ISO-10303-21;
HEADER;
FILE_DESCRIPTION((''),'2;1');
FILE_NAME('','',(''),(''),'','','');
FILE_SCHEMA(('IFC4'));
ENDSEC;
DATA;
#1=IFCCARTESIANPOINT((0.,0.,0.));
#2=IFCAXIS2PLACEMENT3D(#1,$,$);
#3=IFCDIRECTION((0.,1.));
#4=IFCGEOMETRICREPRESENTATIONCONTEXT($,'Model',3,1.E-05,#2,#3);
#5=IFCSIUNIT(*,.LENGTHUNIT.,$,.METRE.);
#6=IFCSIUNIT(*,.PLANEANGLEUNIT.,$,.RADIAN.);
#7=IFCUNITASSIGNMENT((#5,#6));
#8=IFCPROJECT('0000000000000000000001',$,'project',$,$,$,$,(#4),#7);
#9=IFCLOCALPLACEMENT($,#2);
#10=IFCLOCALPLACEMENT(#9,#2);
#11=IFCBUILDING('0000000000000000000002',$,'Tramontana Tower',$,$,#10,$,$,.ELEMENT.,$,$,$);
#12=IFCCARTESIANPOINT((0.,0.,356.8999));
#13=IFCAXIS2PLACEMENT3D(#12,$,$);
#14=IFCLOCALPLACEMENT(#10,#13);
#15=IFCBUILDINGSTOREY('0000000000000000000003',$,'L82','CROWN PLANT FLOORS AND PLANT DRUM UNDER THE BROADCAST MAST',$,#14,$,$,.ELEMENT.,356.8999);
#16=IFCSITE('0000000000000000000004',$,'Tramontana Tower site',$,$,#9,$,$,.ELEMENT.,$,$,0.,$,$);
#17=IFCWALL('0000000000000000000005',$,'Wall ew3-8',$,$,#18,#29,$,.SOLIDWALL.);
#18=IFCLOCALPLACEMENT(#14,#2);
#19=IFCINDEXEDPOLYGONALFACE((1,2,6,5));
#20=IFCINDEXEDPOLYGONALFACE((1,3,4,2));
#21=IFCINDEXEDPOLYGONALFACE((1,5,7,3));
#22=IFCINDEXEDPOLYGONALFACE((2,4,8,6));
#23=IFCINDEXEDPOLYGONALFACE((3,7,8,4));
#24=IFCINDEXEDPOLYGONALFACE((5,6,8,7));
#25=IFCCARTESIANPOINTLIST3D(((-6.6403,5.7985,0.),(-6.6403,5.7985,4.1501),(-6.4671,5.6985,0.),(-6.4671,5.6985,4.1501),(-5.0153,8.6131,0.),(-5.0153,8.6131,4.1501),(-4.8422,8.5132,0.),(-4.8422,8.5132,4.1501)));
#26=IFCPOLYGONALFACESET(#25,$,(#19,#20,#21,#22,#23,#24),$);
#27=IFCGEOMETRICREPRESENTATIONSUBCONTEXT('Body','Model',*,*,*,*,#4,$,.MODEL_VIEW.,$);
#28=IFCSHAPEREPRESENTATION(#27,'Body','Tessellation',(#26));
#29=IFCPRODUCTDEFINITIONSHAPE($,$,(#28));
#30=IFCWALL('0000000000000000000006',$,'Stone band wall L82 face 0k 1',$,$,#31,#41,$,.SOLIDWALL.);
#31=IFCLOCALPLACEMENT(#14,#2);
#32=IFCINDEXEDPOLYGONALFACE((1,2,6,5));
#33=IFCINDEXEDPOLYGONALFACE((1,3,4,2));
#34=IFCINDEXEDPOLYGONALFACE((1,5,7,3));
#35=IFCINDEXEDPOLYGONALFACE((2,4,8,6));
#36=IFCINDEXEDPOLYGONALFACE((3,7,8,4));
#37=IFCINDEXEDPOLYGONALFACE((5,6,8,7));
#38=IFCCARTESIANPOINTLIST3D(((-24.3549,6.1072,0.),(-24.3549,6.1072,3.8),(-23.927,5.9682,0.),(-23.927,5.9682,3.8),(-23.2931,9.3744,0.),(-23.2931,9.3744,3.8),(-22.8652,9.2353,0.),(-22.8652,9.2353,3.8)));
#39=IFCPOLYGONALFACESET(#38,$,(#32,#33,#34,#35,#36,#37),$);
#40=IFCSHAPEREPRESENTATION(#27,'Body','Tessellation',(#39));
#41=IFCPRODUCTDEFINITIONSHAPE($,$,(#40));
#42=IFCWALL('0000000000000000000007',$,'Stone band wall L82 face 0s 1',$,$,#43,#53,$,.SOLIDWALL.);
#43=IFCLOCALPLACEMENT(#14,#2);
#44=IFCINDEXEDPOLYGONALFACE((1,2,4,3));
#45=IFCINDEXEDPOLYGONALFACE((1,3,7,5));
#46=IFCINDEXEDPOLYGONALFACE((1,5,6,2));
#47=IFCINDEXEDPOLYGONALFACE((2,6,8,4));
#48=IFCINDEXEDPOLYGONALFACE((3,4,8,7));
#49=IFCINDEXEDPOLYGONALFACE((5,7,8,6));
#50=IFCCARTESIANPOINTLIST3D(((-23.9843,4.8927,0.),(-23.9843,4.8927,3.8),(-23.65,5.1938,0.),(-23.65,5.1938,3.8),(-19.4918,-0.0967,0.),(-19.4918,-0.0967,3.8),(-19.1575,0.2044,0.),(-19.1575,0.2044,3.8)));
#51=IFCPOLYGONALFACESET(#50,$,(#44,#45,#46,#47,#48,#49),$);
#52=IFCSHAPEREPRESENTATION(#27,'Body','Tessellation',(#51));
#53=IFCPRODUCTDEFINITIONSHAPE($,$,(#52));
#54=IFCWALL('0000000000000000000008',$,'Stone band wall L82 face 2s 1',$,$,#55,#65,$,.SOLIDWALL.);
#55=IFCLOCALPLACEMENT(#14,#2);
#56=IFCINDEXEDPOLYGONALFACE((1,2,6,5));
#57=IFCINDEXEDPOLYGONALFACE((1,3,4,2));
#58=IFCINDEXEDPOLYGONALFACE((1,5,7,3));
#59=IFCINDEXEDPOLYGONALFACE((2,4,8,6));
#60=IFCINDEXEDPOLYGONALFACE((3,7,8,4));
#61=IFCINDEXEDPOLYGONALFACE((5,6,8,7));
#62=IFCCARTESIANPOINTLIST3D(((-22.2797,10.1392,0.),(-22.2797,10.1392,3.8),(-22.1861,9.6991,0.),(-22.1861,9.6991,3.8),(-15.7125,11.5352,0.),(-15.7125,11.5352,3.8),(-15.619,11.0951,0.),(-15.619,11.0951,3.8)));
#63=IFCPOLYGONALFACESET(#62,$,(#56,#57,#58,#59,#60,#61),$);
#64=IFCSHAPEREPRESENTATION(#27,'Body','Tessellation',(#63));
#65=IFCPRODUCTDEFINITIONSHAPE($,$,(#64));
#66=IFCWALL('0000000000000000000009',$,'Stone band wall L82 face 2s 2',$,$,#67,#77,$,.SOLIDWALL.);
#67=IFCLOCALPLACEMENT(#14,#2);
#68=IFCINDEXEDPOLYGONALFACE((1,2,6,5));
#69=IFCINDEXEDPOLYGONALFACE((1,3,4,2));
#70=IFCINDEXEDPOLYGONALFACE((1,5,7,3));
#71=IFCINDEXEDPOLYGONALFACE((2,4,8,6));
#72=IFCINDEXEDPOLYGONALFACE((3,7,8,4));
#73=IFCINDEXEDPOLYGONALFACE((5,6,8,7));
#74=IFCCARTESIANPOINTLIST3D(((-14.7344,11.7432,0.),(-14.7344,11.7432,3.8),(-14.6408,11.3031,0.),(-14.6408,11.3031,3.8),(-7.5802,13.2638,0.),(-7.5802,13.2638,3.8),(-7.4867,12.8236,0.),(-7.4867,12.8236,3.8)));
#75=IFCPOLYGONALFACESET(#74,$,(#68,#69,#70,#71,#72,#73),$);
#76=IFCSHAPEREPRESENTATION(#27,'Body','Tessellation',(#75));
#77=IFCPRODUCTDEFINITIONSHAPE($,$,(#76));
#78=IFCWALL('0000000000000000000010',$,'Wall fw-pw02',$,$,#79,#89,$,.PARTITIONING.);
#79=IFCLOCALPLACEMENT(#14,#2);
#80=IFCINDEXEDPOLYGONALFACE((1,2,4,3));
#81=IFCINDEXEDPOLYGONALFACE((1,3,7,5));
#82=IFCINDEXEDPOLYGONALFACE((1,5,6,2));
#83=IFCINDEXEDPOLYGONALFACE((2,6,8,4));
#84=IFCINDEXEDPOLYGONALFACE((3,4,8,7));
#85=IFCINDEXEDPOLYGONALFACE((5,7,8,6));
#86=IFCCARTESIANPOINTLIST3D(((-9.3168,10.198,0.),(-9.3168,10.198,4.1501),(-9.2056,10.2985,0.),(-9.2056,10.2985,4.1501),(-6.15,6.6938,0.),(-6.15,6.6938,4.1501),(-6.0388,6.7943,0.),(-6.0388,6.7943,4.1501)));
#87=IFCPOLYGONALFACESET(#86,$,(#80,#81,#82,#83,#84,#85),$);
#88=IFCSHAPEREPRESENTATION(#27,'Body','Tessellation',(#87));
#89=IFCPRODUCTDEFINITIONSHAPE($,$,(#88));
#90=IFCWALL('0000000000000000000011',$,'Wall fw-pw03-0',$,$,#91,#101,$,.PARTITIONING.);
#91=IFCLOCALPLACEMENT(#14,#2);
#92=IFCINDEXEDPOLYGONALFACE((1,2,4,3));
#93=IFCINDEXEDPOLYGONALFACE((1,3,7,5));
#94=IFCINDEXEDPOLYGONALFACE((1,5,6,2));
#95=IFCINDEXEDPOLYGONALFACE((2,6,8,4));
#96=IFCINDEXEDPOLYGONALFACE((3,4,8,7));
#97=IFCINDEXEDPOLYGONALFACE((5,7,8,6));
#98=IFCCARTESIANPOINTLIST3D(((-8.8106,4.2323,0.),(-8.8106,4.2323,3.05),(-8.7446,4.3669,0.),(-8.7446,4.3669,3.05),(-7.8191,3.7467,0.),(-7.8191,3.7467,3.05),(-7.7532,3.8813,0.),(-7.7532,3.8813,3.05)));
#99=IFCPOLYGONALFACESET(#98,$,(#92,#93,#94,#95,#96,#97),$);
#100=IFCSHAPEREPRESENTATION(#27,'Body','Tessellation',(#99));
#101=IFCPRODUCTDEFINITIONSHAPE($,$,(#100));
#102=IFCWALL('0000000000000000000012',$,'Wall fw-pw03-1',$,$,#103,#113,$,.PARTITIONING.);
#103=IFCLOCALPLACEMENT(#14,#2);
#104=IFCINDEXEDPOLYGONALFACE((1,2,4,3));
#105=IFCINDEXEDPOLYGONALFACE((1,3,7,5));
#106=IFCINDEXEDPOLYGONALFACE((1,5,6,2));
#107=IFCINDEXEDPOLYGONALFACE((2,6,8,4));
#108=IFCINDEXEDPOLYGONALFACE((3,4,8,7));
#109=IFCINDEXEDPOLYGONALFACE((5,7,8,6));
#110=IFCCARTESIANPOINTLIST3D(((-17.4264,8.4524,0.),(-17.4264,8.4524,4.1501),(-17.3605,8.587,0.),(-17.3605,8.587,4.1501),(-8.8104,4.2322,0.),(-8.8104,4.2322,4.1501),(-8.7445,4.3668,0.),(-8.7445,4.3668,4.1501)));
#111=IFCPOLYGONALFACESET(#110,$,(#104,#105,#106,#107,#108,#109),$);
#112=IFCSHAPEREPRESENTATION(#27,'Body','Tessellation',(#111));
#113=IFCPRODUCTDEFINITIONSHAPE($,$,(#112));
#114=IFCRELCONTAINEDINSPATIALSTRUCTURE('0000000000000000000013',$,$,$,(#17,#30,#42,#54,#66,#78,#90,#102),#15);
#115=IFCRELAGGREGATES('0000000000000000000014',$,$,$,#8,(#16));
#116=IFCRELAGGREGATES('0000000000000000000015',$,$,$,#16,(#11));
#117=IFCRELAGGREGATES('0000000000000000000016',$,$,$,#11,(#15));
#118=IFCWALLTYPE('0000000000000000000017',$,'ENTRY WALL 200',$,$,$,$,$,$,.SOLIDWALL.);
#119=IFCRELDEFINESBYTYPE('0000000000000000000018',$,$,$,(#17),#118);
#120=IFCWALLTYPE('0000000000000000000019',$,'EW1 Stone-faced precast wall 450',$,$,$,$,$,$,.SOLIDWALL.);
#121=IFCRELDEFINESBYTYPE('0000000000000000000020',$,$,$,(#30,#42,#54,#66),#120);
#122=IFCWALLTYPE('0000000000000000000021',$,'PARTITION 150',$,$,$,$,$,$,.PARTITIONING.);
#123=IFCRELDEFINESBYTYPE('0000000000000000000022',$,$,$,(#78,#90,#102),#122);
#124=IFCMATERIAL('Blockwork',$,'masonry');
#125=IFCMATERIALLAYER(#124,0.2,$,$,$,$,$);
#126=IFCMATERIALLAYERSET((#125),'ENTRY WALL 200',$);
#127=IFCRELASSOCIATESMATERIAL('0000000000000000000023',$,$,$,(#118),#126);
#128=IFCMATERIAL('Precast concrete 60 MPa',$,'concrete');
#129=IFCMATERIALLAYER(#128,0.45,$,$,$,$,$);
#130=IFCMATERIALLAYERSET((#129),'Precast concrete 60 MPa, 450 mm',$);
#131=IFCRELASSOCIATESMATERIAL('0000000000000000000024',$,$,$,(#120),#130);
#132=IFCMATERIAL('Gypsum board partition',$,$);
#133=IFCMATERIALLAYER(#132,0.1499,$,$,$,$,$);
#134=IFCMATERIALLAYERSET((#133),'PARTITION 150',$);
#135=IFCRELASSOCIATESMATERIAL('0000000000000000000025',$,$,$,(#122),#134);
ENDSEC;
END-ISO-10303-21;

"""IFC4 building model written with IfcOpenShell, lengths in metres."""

from ifc_helpers import new_model, si_unit, direction, frame, frame_2d, origin, place, context, subcontext, project, spatial, rectangle, extrude, material, layer, layer_set, type_object, element, save


model = new_model("IFC4")

# Units and contexts
model_context = context("Model", 3, precision=1e-05, world=origin(), true_north=direction((0.0, 1.0)))
body_context = subcontext(model_context, "Body", "Model", "MODEL_VIEW")
ifc_project = project(units=[si_unit("LENGTHUNIT", "METRE"), si_unit("PLANEANGLEUNIT", "RADIAN")], contexts=[model_context])

# Site, building, storey
site_placement = place(None, origin())
site = spatial("IfcSite", under=ifc_project, at=site_placement, Name="Tramontana Tower site", CompositionType="ELEMENT", RefElevation=0.0)
building_placement = place(site_placement, origin())
building = spatial("IfcBuilding", under=site, at=building_placement, Name="Tramontana Tower", CompositionType="ELEMENT")
storey_placement = place(building_placement, frame((0.0, 0.0, 356.8999)))
storey = spatial("IfcBuildingStorey", under=building, at=storey_placement, Name="L82", Description="CROWN PLANT FLOORS AND PLANT DRUM UNDER THE BROADCAST MAST", CompositionType="ELEMENT", Elevation=356.8999)

# Shared definitions
ifc_material_1 = material(Name="Blockwork", Category="masonry")
ifc_layer_1 = layer(ifc_material_1, 0.2)
ifc_layer_set_1 = layer_set([ifc_layer_1], Name="ENTRY WALL 200")
wall_type_1 = type_object("IfcWallType", Name="ENTRY WALL 200", PredefinedType="SOLIDWALL", material=ifc_layer_set_1)

# Walls
wall_1_placement = place(storey_placement, frame((-6.5537, 5.7485, 0.0), z_axis=(0.0, 0.0, 1.0), x_axis=(0.499985, 0.866034, 0.0)))
element("IfcWall", 1, at=wall_1_placement, inside=storey, type_object=wall_type_1, Name="Wall ew3-8", PredefinedType="SOLIDWALL", context=body_context, shape_type="SweptSolid", body=[
    extrude(rectangle(XDim=3.25, YDim=0.2, at=frame_2d((1.625, 0.0))), origin(), (0.0, 0.0, 1.0), 4.1501),
])
ifc_material_2 = material(Name="Precast concrete 60 MPa", Category="concrete")
ifc_layer_2 = layer(ifc_material_2, 0.45)
ifc_layer_set_2 = layer_set([ifc_layer_2], Name="Precast concrete 60 MPa, 450 mm")
wall_type_2 = type_object("IfcWallType", Name="EW1 Stone-faced precast wall 450", PredefinedType="SOLIDWALL", material=ifc_layer_set_2)
wall_2_placement = place(storey_placement, frame((-23.0791, 9.3049, 0.0), z_axis=(0.0, 0.0, 1.0), x_axis=(-0.309076, -0.951037, 0.0)))
element("IfcWall", 2, at=wall_2_placement, inside=storey, type_object=wall_type_2, Name="Stone band wall L82 face 0k 1", PredefinedType="SOLIDWALL", context=body_context, shape_type="SweptSolid", body=[
    extrude(rectangle(XDim=3.4353, YDim=0.45, at=frame_2d((1.7178, 0.0))), origin(), (0.0, 0.0, 1.0), 3.8),
])
for number, where, z_axis, x_axis, name in (
    (3, (-23.8171, 5.0432, 0.0), (0.0, 0.0, 1.0), (0.669137, -0.743139, 0.0), "Stone band wall L82 face 0s 1"),
    (4, (-15.6658, 11.3152, 0.0), (0.0, 0.0, 1.0), (-0.978144, -0.207927, 0.0), "Stone band wall L82 face 2s 1"),
):
    element("IfcWall", number, at=place(storey_placement, frame(where, z_axis=z_axis, x_axis=x_axis)), inside=storey, type_object=wall_type_2, Name=name, PredefinedType="SOLIDWALL", context=body_context, shape_type="SweptSolid", body=[
        extrude(rectangle(XDim=6.7139, YDim=0.45, at=frame_2d((3.3569, 0.0))), origin(), (0.0, 0.0, 1.0), 3.8),
    ])
wall_3_placement = place(storey_placement, frame((-7.5334, 13.0437, 0.0), z_axis=(0.0, 0.0, 1.0), x_axis=(-0.978151, -0.207894, 0.0)))
element("IfcWall", 5, at=wall_3_placement, inside=storey, type_object=wall_type_2, Name="Stone band wall L82 face 2s 2", PredefinedType="SOLIDWALL", context=body_context, shape_type="SweptSolid", body=[
    extrude(rectangle(XDim=7.314, YDim=0.45, at=frame_2d((3.657, 0.0))), origin(), (0.0, 0.0, 1.0), 3.8),
])
ifc_material_3 = material(Name="Gypsum board partition")
ifc_layer_3 = layer(ifc_material_3, 0.1499)
ifc_layer_set_3 = layer_set([ifc_layer_3], Name="PARTITION 150")
wall_type_3 = type_object("IfcWallType", Name="PARTITION 150", PredefinedType="PARTITIONING", material=ifc_layer_set_3)
wall_4_placement = place(storey_placement, frame((-9.2612, 10.2483, 0.0), z_axis=(0.0, 0.0, 1.0), x_axis=(0.670486, -0.741923, 0.0)))
element("IfcWall", 6, at=wall_4_placement, inside=storey, type_object=wall_type_3, Name="Wall fw-pw02", PredefinedType="PARTITIONING", context=body_context, shape_type="SweptSolid", body=[
    extrude(rectangle(XDim=4.7231, YDim=0.1499, at=frame_2d((2.3616, 0.0))), origin(), (0.0, 0.0, 1.0), 4.1501),
])
wall_5_placement = place(storey_placement, frame((-7.7861, 3.814, 0.0), z_axis=(0.0, 0.0, 1.0), x_axis=(-0.898068, 0.439857, 0.0)))
element("IfcWall", 7, at=wall_5_placement, inside=storey, type_object=wall_type_3, Name="Wall fw-pw03-0", PredefinedType="PARTITIONING", context=body_context, shape_type="SweptSolid", body=[
    extrude(rectangle(XDim=1.104, YDim=0.1499, at=frame_2d((0.552, 0.0))), origin(), (0.0, 0.0, 1.0), 3.05),
])
wall_6_placement = place(storey_placement, frame((-8.7776, 4.2996, 0.0), z_axis=(0.0, 0.0, 1.0), x_axis=(-0.898057, 0.43988, 0.0)))
element("IfcWall", 8, at=wall_6_placement, inside=storey, type_object=wall_type_3, Name="Wall fw-pw03-1", PredefinedType="PARTITIONING", context=body_context, shape_type="SweptSolid", body=[
    extrude(rectangle(XDim=9.594, YDim=0.1499, at=frame_2d((4.7969, 0.0))), origin(), (0.0, 0.0, 1.0), 4.1501),
])

save(model, "model.ifc")
